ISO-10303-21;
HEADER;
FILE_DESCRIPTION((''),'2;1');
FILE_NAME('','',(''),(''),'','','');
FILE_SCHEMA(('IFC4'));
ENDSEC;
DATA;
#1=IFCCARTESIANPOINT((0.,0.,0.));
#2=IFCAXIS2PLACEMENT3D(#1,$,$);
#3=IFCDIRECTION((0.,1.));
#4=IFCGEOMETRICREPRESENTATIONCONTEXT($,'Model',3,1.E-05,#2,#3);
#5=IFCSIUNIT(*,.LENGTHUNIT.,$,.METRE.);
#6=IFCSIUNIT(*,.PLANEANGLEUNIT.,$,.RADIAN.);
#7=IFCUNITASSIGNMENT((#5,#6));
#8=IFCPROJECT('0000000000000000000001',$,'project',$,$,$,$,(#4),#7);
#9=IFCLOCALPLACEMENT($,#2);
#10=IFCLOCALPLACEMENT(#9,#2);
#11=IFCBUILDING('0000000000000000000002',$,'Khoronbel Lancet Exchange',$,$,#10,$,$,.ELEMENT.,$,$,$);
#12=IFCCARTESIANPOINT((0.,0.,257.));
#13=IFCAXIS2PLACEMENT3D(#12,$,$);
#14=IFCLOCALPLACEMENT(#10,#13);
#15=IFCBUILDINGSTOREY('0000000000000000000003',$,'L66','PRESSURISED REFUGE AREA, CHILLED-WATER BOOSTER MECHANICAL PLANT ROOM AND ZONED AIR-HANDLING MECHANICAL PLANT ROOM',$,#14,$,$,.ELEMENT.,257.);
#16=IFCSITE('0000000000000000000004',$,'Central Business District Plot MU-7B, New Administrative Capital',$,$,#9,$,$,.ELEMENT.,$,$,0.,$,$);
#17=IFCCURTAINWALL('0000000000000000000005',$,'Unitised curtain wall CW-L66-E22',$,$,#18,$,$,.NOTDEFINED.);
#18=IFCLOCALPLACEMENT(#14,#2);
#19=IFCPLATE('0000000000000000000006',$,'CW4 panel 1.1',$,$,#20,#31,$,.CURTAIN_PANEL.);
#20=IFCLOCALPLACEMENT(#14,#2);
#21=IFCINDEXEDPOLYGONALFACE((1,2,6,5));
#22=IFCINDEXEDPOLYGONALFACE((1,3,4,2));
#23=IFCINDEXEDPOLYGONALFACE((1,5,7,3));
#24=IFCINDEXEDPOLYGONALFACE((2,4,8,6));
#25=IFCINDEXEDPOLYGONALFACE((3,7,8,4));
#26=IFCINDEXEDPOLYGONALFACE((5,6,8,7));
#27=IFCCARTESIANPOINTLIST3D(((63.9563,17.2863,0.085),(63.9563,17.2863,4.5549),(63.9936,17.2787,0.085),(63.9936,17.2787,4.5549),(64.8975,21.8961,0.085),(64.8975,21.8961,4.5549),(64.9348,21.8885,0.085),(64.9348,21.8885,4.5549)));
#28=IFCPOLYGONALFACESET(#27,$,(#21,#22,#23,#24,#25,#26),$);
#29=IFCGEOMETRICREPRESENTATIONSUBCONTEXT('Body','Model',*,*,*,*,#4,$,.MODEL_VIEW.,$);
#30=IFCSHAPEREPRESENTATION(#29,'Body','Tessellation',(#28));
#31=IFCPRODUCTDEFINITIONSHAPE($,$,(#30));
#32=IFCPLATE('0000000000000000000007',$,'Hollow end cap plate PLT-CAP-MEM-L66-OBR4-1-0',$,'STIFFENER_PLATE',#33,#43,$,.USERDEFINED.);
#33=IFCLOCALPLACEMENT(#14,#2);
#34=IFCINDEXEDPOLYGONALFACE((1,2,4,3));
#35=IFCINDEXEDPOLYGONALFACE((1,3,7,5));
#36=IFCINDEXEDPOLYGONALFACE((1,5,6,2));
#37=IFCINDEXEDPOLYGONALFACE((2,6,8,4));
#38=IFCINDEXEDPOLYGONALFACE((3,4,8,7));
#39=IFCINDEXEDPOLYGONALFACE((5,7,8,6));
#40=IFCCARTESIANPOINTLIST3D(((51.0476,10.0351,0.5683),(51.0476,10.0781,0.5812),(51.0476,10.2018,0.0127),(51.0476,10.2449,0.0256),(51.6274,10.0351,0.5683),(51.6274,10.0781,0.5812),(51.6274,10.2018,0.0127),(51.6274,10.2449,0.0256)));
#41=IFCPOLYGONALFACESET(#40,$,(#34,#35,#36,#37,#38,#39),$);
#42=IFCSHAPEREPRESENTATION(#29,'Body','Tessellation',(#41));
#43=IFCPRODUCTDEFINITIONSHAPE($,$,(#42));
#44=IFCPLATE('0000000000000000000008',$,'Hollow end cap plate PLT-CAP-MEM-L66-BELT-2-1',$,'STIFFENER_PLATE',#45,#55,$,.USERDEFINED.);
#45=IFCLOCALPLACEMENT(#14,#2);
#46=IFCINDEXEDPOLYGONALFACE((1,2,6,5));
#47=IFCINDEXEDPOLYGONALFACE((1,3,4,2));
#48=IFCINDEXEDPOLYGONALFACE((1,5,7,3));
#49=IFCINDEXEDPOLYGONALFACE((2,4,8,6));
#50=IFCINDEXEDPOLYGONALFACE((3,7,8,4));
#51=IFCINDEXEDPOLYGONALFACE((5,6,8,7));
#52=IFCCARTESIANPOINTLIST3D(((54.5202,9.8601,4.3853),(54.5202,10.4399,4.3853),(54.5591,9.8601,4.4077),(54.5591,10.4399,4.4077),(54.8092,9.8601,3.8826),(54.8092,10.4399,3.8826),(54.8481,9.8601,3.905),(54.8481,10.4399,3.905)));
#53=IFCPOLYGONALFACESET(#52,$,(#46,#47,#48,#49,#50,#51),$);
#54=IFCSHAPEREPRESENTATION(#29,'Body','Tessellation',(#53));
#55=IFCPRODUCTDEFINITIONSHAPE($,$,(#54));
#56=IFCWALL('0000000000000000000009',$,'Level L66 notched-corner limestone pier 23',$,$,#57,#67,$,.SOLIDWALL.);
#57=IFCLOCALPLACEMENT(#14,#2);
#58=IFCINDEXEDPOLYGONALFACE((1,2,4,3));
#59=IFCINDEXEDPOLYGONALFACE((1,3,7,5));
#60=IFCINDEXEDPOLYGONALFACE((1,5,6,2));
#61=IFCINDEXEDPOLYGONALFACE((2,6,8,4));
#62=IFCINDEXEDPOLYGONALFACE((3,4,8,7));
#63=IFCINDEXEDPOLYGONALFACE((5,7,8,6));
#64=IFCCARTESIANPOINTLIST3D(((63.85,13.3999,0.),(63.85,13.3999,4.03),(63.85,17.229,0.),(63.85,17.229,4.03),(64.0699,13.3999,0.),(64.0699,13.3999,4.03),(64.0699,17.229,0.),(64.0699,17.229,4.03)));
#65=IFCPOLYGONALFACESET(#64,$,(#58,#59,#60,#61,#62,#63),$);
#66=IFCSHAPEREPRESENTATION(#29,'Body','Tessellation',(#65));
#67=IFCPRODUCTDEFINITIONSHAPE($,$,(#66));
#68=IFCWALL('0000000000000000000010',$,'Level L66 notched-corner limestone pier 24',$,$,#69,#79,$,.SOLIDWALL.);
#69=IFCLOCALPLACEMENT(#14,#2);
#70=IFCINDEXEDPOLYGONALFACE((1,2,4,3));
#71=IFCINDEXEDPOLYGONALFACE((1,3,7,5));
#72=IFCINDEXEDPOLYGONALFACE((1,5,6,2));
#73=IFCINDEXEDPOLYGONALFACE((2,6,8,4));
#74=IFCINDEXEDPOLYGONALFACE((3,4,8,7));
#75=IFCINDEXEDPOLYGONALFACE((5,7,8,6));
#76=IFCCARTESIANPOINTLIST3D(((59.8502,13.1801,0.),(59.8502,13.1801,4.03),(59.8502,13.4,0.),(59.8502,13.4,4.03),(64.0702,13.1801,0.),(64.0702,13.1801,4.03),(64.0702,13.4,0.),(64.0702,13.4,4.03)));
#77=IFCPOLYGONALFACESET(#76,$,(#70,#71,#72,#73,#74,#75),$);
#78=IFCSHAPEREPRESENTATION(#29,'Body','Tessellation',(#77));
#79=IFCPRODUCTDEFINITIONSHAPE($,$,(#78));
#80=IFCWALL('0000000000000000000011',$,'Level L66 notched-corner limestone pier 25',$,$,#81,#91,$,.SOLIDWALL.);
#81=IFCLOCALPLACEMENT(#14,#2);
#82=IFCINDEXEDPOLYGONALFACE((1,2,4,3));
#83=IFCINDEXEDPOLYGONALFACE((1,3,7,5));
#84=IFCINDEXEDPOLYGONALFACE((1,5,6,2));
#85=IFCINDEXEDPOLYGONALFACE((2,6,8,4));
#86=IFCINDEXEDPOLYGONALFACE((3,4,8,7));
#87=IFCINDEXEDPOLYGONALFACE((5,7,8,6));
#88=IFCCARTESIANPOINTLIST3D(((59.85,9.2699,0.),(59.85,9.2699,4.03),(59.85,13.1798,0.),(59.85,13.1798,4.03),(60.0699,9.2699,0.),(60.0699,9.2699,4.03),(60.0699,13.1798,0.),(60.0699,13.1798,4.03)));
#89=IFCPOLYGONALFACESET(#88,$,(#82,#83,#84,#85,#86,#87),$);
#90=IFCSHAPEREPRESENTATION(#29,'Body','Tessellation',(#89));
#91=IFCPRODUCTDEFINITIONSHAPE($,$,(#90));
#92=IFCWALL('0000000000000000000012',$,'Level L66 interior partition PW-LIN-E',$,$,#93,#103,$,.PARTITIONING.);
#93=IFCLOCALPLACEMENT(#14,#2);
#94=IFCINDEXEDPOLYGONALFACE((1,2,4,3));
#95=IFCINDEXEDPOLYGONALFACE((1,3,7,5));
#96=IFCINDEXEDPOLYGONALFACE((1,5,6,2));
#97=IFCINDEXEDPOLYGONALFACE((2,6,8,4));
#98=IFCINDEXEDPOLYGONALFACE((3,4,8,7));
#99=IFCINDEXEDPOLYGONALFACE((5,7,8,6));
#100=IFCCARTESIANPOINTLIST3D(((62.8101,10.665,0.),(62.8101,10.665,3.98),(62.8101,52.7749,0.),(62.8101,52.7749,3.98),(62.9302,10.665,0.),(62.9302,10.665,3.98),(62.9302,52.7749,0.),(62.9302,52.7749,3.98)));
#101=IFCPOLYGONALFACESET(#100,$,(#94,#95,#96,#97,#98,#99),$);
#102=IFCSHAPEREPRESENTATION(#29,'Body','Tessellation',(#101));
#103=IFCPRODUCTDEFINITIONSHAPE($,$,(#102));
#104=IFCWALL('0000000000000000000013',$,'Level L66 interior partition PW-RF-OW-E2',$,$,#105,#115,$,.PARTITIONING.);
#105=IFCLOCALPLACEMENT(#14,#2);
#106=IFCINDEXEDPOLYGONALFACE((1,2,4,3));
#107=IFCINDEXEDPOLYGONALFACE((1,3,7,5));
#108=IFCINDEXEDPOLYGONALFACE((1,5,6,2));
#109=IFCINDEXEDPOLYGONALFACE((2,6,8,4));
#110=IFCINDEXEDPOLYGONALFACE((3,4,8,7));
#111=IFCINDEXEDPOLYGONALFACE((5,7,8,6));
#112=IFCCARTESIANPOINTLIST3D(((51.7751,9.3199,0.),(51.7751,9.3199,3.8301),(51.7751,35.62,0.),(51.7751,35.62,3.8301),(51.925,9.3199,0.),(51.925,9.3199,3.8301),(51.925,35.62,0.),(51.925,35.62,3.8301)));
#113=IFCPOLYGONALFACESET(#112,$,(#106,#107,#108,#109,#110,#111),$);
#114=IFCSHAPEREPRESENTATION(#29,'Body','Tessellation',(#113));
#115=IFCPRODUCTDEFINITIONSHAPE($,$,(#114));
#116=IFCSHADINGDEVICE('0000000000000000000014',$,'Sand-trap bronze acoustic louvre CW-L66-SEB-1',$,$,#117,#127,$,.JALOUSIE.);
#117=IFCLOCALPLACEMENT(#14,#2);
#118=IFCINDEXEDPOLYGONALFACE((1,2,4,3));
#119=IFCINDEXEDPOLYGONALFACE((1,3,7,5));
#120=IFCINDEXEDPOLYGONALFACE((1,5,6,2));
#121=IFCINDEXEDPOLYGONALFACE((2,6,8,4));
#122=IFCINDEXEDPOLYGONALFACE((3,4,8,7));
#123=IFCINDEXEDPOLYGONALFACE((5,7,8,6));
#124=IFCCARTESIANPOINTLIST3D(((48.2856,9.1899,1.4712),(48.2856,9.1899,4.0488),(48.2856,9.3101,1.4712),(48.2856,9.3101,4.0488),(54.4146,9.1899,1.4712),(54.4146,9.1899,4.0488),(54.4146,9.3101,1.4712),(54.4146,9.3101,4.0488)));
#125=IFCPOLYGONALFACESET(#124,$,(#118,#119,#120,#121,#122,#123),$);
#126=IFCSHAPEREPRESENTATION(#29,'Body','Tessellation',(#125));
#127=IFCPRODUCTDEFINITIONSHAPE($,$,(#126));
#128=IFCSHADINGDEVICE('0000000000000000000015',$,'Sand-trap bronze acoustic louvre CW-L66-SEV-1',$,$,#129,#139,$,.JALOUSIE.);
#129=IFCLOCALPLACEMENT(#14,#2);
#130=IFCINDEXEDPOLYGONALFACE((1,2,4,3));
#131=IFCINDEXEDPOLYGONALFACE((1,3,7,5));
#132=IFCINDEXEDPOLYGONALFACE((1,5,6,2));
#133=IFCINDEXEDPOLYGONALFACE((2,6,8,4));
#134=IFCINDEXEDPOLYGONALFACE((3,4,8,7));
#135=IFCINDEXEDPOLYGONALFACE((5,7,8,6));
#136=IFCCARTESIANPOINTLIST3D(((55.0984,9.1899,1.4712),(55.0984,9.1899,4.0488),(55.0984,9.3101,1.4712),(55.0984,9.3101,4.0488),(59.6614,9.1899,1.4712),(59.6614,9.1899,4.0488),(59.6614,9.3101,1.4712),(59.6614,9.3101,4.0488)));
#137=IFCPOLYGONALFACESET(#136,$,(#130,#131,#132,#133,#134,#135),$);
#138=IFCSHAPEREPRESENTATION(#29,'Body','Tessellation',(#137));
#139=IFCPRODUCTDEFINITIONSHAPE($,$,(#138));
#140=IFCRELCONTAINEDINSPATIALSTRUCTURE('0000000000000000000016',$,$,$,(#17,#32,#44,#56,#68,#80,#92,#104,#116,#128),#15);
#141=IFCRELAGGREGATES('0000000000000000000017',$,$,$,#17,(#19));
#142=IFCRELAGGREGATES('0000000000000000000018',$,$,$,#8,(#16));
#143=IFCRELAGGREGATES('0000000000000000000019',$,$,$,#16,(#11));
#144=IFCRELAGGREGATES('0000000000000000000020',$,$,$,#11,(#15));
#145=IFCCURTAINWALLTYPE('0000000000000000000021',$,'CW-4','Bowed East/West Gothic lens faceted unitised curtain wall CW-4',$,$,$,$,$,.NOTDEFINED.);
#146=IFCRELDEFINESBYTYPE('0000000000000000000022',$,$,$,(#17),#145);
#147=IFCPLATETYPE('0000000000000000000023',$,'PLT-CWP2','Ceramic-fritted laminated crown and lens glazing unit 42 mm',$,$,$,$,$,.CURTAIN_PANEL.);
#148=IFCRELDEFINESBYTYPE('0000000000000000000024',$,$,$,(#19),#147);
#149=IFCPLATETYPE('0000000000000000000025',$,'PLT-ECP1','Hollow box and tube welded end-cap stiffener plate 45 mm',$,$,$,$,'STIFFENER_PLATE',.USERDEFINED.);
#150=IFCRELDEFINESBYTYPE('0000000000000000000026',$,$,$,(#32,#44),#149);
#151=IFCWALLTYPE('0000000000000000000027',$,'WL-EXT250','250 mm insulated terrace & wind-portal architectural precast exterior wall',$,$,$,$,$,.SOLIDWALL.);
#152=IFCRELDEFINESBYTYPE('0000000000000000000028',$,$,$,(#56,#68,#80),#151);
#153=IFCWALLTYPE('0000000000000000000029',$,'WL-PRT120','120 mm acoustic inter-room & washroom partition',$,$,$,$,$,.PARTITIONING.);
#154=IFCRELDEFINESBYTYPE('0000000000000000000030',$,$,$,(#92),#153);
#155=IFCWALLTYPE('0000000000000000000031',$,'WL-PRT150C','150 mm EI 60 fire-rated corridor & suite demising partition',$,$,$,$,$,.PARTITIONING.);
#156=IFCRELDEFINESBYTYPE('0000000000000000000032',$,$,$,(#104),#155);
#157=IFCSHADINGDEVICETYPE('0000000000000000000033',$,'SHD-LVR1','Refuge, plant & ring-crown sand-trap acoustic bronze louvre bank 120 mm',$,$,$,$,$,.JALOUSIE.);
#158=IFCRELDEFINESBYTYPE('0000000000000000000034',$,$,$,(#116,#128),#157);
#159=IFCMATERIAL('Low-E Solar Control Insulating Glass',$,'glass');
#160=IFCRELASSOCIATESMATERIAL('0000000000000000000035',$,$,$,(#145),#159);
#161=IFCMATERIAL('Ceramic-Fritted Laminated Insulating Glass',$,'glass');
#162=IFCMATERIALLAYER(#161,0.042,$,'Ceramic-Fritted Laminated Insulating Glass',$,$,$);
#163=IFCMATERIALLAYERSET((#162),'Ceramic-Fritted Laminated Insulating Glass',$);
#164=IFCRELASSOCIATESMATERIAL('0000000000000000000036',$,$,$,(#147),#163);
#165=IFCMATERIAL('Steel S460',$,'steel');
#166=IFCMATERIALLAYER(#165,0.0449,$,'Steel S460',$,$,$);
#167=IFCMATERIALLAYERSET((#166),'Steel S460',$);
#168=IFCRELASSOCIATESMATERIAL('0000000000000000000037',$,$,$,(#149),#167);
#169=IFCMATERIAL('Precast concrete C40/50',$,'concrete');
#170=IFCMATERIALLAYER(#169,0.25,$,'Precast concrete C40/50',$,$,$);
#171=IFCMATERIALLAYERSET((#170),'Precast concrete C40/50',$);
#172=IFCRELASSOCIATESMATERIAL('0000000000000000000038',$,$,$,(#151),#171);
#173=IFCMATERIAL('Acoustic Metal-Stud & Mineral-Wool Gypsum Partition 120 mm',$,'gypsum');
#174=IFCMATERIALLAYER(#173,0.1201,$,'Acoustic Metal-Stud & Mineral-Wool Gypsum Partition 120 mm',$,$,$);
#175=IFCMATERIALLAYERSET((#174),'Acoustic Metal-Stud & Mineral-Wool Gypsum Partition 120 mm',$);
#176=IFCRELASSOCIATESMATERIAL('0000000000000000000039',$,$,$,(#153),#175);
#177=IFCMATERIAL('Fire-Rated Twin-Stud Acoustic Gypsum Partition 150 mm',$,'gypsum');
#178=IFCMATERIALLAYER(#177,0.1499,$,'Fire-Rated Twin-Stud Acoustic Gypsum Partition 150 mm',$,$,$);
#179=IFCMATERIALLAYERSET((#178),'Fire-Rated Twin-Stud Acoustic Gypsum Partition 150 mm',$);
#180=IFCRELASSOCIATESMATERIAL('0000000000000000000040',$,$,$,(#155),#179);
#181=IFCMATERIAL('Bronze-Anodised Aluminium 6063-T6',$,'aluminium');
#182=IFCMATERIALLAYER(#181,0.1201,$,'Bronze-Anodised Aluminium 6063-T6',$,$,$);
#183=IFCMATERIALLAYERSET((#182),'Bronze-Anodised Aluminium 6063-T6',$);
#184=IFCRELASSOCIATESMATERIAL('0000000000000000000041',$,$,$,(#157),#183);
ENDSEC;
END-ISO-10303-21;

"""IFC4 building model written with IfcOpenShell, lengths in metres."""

from ifc_helpers import new_model, si_unit, direction, frame, frame_2d, origin, origin_2d, place, context, subcontext, project, spatial, polyline, rectangle, outline, extrude, material, layer, layer_set, type_object, element, aggregate, save


model = new_model("IFC4")

# Units and contexts
model_context = context("Model", 3, precision=1e-05, world=origin(), true_north=direction((0.0, 1.0)))
body_context = subcontext(model_context, "Body", "Model", "MODEL_VIEW")
ifc_project = project(units=[si_unit("LENGTHUNIT", "METRE"), si_unit("PLANEANGLEUNIT", "RADIAN")], contexts=[model_context])

# Site, building, storey
site_placement = place(None, origin())
site = spatial("IfcSite", under=ifc_project, at=site_placement, Name="Central Business District Plot MU-7B, New Administrative Capital", CompositionType="ELEMENT", RefElevation=0.0)
building_placement = place(site_placement, origin())
building = spatial("IfcBuilding", under=site, at=building_placement, Name="Khoronbel Lancet Exchange", CompositionType="ELEMENT")
storey_placement = place(building_placement, frame((0.0, 0.0, 257.0)))
storey = spatial("IfcBuildingStorey", under=building, at=storey_placement, Name="L66", Description="PRESSURISED REFUGE AREA, CHILLED-WATER BOOSTER MECHANICAL PLANT ROOM AND ZONED AIR-HANDLING MECHANICAL PLANT ROOM", CompositionType="ELEMENT", Elevation=257.0)

# Shared definitions
ifc_material_1 = material(Name="Steel S460", Category="steel")

# Shared definitions
ifc_material_2 = material(Name="Low-E Solar Control Insulating Glass", Category="glass")
ifc_material_3 = material(Name="Bronze-Anodised Aluminium 6063-T6", Category="aluminium")

# Curtain wall
curtain_wall_type_1 = type_object("IfcCurtainWallType", Name="CW-4", Description="Bowed East/West Gothic lens faceted unitised curtain wall CW-4", PredefinedType="NOTDEFINED", material=ifc_material_2)
curtain_wall_1_placement = place(storey_placement, origin())
curtain_wall_1 = element("IfcCurtainWall", 1, at=curtain_wall_1_placement, inside=storey, type_object=curtain_wall_type_1, Name="Unitised curtain wall CW-L66-E22", PredefinedType="NOTDEFINED")

# Plate
ifc_material_4 = material(Name="Ceramic-Fritted Laminated Insulating Glass", Category="glass")
ifc_layer_1 = layer(ifc_material_4, 0.042, Name="Ceramic-Fritted Laminated Insulating Glass")
ifc_layer_set_1 = layer_set([ifc_layer_1], Name="Ceramic-Fritted Laminated Insulating Glass")
plate_type_1 = type_object("IfcPlateType", Name="PLT-CWP2", Description="Ceramic-fritted laminated crown and lens glazing unit 42 mm", PredefinedType="CURTAIN_PANEL", material=ifc_layer_set_1)
plate_1_placement = place(storey_placement, frame((64.4456, 19.5874, 0.085), z_axis=(0.0, 0.0, 1.0), x_axis=(-0.200052, -0.979785, 0.0)))
plate_1 = element("IfcPlate", 2, at=plate_1_placement, type_object=plate_type_1, Name="CW4 panel 1.1", PredefinedType="CURTAIN_PANEL", context=body_context, shape_type="SweptSolid", body=[
    extrude(rectangle(XDim=4.7048, YDim=0.0381, at=origin_2d()), origin(), (0.0, 0.0, 1.0), 4.47),
])
aggregate(curtain_wall_1, [plate_1])

# Plates
ifc_layer_2 = layer(ifc_material_1, 0.0449, Name="Steel S460")
ifc_layer_set_2 = layer_set([ifc_layer_2], Name="Steel S460")
plate_type_2 = type_object("IfcPlateType", Name="PLT-ECP1", Description="Hollow box and tube welded end-cap stiffener plate 45 mm", ElementType="STIFFENER_PLATE", PredefinedType="USERDEFINED", material=ifc_layer_set_2)
plate_2_placement = place(storey_placement, frame((51.6274, 10.2449, 0.0256), z_axis=(0.0, 0.957803, 0.287425), x_axis=(-1.0, 0.0, 0.0)))
element("IfcPlate", 3, at=plate_2_placement, inside=storey, type_object=plate_type_2, Name="Hollow end cap plate PLT-CAP-MEM-L66-OBR4-1-0", ObjectType="STIFFENER_PLATE", PredefinedType="USERDEFINED", context=body_context, shape_type="SweptSolid", body=[
    extrude(outline(polyline([(0.0, 0.0), (0.5798, 0.0), (0.5798, 0.5801), (0.0, 0.5801), (0.0, 0.0)])), origin(), (0.0, 0.0, -1.0), 0.0449),
])
plate_3_placement = place(storey_placement, frame((54.8481, 9.8601, 3.905), z_axis=(0.866893, 0.0, 0.498495), x_axis=(0.0, 1.0, 0.0)))
element("IfcPlate", 4, at=plate_3_placement, inside=storey, type_object=plate_type_2, Name="Hollow end cap plate PLT-CAP-MEM-L66-BELT-2-1", ObjectType="STIFFENER_PLATE", PredefinedType="USERDEFINED", context=body_context, shape_type="SweptSolid", body=[
    extrude(outline(polyline([(0.0, 0.0), (0.5798, 0.0), (0.5798, 0.5798), (0.0, 0.5798), (0.0, 0.0)])), origin(), (0.0, 0.0, -1.0), 0.0449),
])

# Walls
ifc_material_5 = material(Name="Precast concrete C40/50", Category="concrete")
ifc_layer_3 = layer(ifc_material_5, 0.25, Name="Precast concrete C40/50")
ifc_layer_set_3 = layer_set([ifc_layer_3], Name="Precast concrete C40/50")
wall_type_1 = type_object("IfcWallType", Name="WL-EXT250", Description="250 mm insulated terrace & wind-portal architectural precast exterior wall", PredefinedType="SOLIDWALL", material=ifc_layer_set_3)
wall_1_placement = place(storey_placement, frame((63.96, 17.229, 0.0), z_axis=(0.0, 0.0, 1.0), x_axis=(0.0, -1.0, 0.0)))
element("IfcWall", 5, at=wall_1_placement, inside=storey, type_object=wall_type_1, Name="Level L66 notched-corner limestone pier 23", PredefinedType="SOLIDWALL", context=body_context, shape_type="SweptSolid", body=[
    extrude(rectangle(XDim=3.8291, YDim=0.22, at=frame_2d((1.9146, 0.0))), origin(), (0.0, 0.0, 1.0), 4.03),
])
wall_2_placement = place(storey_placement, frame((64.0701, 13.29, 0.0), z_axis=(0.0, 0.0, 1.0), x_axis=(-1.0, 0.0, 0.0)))
element("IfcWall", 6, at=wall_2_placement, inside=storey, type_object=wall_type_1, Name="Level L66 notched-corner limestone pier 24", PredefinedType="SOLIDWALL", context=body_context, shape_type="SweptSolid", body=[
    extrude(rectangle(XDim=4.22, YDim=0.22, at=frame_2d((2.1099, 0.0))), origin(), (0.0, 0.0, 1.0), 4.03),
])
wall_3_placement = place(storey_placement, frame((59.96, 13.1799, 0.0), z_axis=(0.0, 0.0, 1.0), x_axis=(0.0, -1.0, 0.0)))
element("IfcWall", 7, at=wall_3_placement, inside=storey, type_object=wall_type_1, Name="Level L66 notched-corner limestone pier 25", PredefinedType="SOLIDWALL", context=body_context, shape_type="SweptSolid", body=[
    extrude(rectangle(XDim=3.9099, YDim=0.22, at=frame_2d((1.9551, 0.0))), origin(), (0.0, 0.0, 1.0), 4.03),
])
ifc_material_6 = material(Name="Acoustic Metal-Stud & Mineral-Wool Gypsum Partition 120 mm", Category="gypsum")
ifc_layer_4 = layer(ifc_material_6, 0.1201, Name="Acoustic Metal-Stud & Mineral-Wool Gypsum Partition 120 mm")
ifc_layer_set_4 = layer_set([ifc_layer_4], Name="Acoustic Metal-Stud & Mineral-Wool Gypsum Partition 120 mm")
wall_type_2 = type_object("IfcWallType", Name="WL-PRT120", Description="120 mm acoustic inter-room & washroom partition", PredefinedType="PARTITIONING", material=ifc_layer_set_4)
wall_4_placement = place(storey_placement, frame((62.8701, 10.665, 0.0), z_axis=(0.0, 0.0, 1.0), x_axis=(0.0, 1.0, 0.0)))
element("IfcWall", 8, at=wall_4_placement, inside=storey, type_object=wall_type_2, Name="Level L66 interior partition PW-LIN-E", PredefinedType="PARTITIONING", context=body_context, shape_type="SweptSolid", body=[
    extrude(rectangle(XDim=42.1099, YDim=0.1201, at=frame_2d((21.0549, 0.0))), origin(), (0.0, 0.0, 1.0), 3.98),
])
ifc_material_7 = material(Name="Fire-Rated Twin-Stud Acoustic Gypsum Partition 150 mm", Category="gypsum")
ifc_layer_5 = layer(ifc_material_7, 0.1499, Name="Fire-Rated Twin-Stud Acoustic Gypsum Partition 150 mm")
ifc_layer_set_5 = layer_set([ifc_layer_5], Name="Fire-Rated Twin-Stud Acoustic Gypsum Partition 150 mm")
wall_type_3 = type_object("IfcWallType", Name="WL-PRT150C", Description="150 mm EI 60 fire-rated corridor & suite demising partition", PredefinedType="PARTITIONING", material=ifc_layer_set_5)
wall_5_placement = place(storey_placement, frame((51.8501, 9.3201, 0.0), z_axis=(0.0, 0.0, 1.0), x_axis=(0.0, 1.0, 0.0)))
element("IfcWall", 9, at=wall_5_placement, inside=storey, type_object=wall_type_3, Name="Level L66 interior partition PW-RF-OW-E2", PredefinedType="PARTITIONING", context=body_context, shape_type="SweptSolid", body=[
    extrude(rectangle(XDim=26.3, YDim=0.1499, at=frame_2d((13.1499, 0.0))), origin(), (0.0, 0.0, 1.0), 3.8301),
])

# Shading devices
ifc_layer_6 = layer(ifc_material_3, 0.1201, Name="Bronze-Anodised Aluminium 6063-T6")
ifc_layer_set_6 = layer_set([ifc_layer_6], Name="Bronze-Anodised Aluminium 6063-T6")
shading_device_type = type_object("IfcShadingDeviceType", Name="SHD-LVR1", Description="Refuge, plant & ring-crown sand-trap acoustic bronze louvre bank 120 mm", PredefinedType="JALOUSIE", material=ifc_layer_set_6)
shading_device_1_placement = place(storey_placement, frame((51.3501, 9.25, 1.4712), z_axis=(0.0, 0.0, 1.0), x_axis=(1.0, 0.0, 0.0)))
element("IfcShadingDevice", 10, at=shading_device_1_placement, inside=storey, type_object=shading_device_type, Name="Sand-trap bronze acoustic louvre CW-L66-SEB-1", PredefinedType="JALOUSIE", context=body_context, shape_type="SweptSolid", body=[
    extrude(rectangle(XDim=6.1289, YDim=0.1201, at=origin_2d()), origin(), (0.0, 0.0, 1.0), 2.5776),
])
shading_device_2_placement = place(storey_placement, frame((57.3799, 9.25, 1.4712), z_axis=(0.0, 0.0, 1.0), x_axis=(1.0, 0.0, 0.0)))
element("IfcShadingDevice", 11, at=shading_device_2_placement, inside=storey, type_object=shading_device_type, Name="Sand-trap bronze acoustic louvre CW-L66-SEV-1", PredefinedType="JALOUSIE", context=body_context, shape_type="SweptSolid", body=[
    extrude(rectangle(XDim=4.563, YDim=0.1201, at=origin_2d()), origin(), (0.0, 0.0, 1.0), 2.5776),
])

save(model, "model.ifc")
